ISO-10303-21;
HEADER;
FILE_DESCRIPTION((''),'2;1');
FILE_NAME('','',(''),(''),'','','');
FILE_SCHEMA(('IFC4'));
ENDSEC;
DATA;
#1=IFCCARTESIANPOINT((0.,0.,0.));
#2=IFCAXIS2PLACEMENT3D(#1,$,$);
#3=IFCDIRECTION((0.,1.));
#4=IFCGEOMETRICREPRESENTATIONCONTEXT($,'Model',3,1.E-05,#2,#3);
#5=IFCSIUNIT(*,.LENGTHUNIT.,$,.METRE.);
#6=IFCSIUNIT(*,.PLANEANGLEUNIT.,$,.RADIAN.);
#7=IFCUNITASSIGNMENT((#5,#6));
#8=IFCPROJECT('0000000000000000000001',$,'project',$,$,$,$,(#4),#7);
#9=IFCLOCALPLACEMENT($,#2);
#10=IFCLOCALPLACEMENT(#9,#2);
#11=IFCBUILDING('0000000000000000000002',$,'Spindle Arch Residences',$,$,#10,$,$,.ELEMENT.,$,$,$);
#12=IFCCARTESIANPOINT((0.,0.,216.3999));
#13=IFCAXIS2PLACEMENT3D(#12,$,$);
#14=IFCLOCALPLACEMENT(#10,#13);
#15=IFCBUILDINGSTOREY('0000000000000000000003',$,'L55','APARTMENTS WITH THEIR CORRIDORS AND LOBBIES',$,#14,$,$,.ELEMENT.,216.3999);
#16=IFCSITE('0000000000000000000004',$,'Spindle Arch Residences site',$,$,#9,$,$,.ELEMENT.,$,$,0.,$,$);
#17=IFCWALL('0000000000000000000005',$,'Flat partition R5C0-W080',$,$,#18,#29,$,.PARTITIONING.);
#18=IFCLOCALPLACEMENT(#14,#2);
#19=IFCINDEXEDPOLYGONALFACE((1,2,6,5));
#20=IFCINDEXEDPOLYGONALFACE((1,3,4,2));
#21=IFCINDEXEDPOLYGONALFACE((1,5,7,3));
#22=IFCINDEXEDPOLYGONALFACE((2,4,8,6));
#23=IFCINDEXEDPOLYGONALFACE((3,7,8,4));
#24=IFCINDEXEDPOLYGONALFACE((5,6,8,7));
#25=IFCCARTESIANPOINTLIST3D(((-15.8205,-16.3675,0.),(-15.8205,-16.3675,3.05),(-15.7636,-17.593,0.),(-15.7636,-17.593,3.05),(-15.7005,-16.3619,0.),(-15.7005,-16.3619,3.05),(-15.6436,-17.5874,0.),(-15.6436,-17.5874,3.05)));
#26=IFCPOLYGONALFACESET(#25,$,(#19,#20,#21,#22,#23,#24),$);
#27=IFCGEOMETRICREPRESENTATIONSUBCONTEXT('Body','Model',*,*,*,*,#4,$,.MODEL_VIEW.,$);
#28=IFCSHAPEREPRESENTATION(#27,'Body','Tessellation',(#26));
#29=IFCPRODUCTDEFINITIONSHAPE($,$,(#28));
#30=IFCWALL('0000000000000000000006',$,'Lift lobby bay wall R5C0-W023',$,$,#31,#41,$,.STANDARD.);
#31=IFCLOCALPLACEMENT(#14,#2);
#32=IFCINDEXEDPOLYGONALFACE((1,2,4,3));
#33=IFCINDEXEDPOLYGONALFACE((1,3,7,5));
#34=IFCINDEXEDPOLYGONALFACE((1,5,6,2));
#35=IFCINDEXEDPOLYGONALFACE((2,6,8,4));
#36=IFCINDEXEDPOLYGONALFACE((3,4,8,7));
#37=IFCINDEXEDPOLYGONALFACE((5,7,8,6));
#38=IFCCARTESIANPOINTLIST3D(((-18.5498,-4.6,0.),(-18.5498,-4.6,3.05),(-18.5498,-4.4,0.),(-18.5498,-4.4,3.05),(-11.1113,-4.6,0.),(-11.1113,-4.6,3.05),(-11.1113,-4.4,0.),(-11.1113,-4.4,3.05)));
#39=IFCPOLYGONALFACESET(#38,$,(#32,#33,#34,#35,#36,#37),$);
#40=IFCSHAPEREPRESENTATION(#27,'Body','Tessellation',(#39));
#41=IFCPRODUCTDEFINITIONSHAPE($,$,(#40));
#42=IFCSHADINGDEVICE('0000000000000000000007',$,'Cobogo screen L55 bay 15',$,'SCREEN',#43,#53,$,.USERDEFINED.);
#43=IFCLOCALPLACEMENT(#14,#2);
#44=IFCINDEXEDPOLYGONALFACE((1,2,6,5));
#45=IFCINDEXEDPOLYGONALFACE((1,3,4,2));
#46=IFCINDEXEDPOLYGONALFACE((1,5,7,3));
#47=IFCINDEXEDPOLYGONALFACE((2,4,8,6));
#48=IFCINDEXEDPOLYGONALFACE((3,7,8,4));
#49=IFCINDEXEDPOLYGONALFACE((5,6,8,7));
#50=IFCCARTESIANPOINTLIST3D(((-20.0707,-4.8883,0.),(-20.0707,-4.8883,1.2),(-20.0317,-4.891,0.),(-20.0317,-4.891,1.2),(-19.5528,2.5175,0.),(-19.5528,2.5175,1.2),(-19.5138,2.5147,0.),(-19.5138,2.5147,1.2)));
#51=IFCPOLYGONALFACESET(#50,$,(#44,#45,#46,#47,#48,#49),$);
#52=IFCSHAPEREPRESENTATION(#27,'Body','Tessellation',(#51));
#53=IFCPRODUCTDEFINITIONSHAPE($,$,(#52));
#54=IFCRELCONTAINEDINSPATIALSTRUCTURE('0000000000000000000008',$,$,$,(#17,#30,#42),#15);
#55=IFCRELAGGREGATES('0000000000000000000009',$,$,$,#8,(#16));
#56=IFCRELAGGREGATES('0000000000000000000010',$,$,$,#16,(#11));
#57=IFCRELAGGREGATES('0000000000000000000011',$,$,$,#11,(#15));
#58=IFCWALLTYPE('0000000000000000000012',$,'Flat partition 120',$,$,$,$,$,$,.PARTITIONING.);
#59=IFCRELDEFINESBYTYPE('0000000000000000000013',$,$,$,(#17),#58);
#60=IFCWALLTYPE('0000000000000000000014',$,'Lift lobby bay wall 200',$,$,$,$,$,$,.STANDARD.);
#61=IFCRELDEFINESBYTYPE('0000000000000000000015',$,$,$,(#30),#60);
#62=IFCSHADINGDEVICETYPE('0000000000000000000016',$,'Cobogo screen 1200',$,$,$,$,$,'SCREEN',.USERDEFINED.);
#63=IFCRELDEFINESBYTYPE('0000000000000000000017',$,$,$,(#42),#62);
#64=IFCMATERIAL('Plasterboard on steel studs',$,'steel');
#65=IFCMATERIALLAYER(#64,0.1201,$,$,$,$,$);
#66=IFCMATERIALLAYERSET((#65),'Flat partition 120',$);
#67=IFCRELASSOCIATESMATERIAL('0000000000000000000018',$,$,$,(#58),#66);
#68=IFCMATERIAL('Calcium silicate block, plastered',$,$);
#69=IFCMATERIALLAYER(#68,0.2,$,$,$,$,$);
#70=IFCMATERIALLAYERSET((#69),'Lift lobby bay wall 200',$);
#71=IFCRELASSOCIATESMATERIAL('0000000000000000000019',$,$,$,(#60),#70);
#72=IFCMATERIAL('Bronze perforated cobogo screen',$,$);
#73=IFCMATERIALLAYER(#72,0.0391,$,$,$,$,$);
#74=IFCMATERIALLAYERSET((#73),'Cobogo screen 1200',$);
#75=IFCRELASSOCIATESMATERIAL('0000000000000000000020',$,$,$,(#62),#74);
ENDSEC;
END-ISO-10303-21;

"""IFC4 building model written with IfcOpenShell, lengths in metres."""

from ifc_helpers import new_model, si_unit, direction, frame, frame_2d, origin, origin_2d, place, context, subcontext, project, spatial, rectangle, extrude, material, layer, layer_set, type_object, element, save


model = new_model("IFC4")

# Units and contexts
model_context = context("Model", 3, precision=1e-05, world=origin(), true_north=direction((0.0, 1.0)))
body_context = subcontext(model_context, "Body", "Model", "MODEL_VIEW")
ifc_project = project(units=[si_unit("LENGTHUNIT", "METRE"), si_unit("PLANEANGLEUNIT", "RADIAN")], contexts=[model_context])

# Site, building, storey
site_placement = place(None, origin())
site = spatial("IfcSite", under=ifc_project, at=site_placement, Name="Spindle Arch Residences site", CompositionType="ELEMENT", RefElevation=0.0)
building_placement = place(site_placement, origin())
building = spatial("IfcBuilding", under=site, at=building_placement, Name="Spindle Arch Residences", CompositionType="ELEMENT")
storey_placement = place(building_placement, frame((0.0, 0.0, 216.3999)))
storey = spatial("IfcBuildingStorey", under=building, at=storey_placement, Name="L55", Description="APARTMENTS WITH THEIR CORRIDORS AND LOBBIES", CompositionType="ELEMENT", Elevation=216.3999)

# Shared definitions
ifc_material_1 = material(Name="Plasterboard on steel studs", Category="steel")
ifc_layer_1 = layer(ifc_material_1, 0.1201)
ifc_layer_set_1 = layer_set([ifc_layer_1], Name="Flat partition 120")
wall_type_1 = type_object("IfcWallType", Name="Flat partition 120", PredefinedType="PARTITIONING", material=ifc_layer_set_1)

# Walls
wall_1_placement = place(storey_placement, frame((-15.7036, -17.5901, 0.0), z_axis=(0.0, 0.0, 1.0), x_axis=(-0.046364, 0.998925, 0.0)))
element("IfcWall", 1, at=wall_1_placement, inside=storey, type_object=wall_type_1, Name="Flat partition R5C0-W080", PredefinedType="PARTITIONING", context=body_context, shape_type="SweptSolid", body=[
    extrude(rectangle(XDim=1.2268, YDim=0.1201, at=frame_2d((0.6133, 0.0))), origin(), (0.0, 0.0, 1.0), 3.05),
])
ifc_material_2 = material(Name="Calcium silicate block, plastered")
ifc_layer_2 = layer(ifc_material_2, 0.2)
ifc_layer_set_2 = layer_set([ifc_layer_2], Name="Lift lobby bay wall 200")
wall_type_2 = type_object("IfcWallType", Name="Lift lobby bay wall 200", PredefinedType="STANDARD", material=ifc_layer_set_2)
wall_2_placement = place(storey_placement, frame((-18.5498, -4.5, 0.0), z_axis=(0.0, 0.0, 1.0), x_axis=(1.0, 0.0, 0.0)))
element("IfcWall", 2, at=wall_2_placement, inside=storey, type_object=wall_type_2, Name="Lift lobby bay wall R5C0-W023", PredefinedType="STANDARD", context=body_context, shape_type="SweptSolid", body=[
    extrude(rectangle(XDim=7.4385, YDim=0.2, at=frame_2d((3.7192, 0.0))), origin(), (0.0, 0.0, 1.0), 3.05),
])

# Shading device
ifc_material_3 = material(Name="Bronze perforated cobogo screen")
ifc_layer_3 = layer(ifc_material_3, 0.0391)
ifc_layer_set_3 = layer_set([ifc_layer_3], Name="Cobogo screen 1200")
shading_device_type = type_object("IfcShadingDeviceType", Name="Cobogo screen 1200", ElementType="SCREEN", PredefinedType="USERDEFINED", material=ifc_layer_set_3)
shading_device_placement = place(storey_placement, frame((-19.7922, -1.1868, 0.0), z_axis=(0.0, 0.0, 1.0), x_axis=(-0.069756, -0.997564, 0.0)))
element("IfcShadingDevice", 3, at=shading_device_placement, inside=storey, type_object=shading_device_type, Name="Cobogo screen L55 bay 15", ObjectType="SCREEN", PredefinedType="USERDEFINED", context=body_context, shape_type="SweptSolid", body=[
    extrude(rectangle(XDim=7.4238, YDim=0.0391, at=origin_2d()), origin(), (0.0, 0.0, 1.0), 1.2),
])

save(model, "model.ifc")
